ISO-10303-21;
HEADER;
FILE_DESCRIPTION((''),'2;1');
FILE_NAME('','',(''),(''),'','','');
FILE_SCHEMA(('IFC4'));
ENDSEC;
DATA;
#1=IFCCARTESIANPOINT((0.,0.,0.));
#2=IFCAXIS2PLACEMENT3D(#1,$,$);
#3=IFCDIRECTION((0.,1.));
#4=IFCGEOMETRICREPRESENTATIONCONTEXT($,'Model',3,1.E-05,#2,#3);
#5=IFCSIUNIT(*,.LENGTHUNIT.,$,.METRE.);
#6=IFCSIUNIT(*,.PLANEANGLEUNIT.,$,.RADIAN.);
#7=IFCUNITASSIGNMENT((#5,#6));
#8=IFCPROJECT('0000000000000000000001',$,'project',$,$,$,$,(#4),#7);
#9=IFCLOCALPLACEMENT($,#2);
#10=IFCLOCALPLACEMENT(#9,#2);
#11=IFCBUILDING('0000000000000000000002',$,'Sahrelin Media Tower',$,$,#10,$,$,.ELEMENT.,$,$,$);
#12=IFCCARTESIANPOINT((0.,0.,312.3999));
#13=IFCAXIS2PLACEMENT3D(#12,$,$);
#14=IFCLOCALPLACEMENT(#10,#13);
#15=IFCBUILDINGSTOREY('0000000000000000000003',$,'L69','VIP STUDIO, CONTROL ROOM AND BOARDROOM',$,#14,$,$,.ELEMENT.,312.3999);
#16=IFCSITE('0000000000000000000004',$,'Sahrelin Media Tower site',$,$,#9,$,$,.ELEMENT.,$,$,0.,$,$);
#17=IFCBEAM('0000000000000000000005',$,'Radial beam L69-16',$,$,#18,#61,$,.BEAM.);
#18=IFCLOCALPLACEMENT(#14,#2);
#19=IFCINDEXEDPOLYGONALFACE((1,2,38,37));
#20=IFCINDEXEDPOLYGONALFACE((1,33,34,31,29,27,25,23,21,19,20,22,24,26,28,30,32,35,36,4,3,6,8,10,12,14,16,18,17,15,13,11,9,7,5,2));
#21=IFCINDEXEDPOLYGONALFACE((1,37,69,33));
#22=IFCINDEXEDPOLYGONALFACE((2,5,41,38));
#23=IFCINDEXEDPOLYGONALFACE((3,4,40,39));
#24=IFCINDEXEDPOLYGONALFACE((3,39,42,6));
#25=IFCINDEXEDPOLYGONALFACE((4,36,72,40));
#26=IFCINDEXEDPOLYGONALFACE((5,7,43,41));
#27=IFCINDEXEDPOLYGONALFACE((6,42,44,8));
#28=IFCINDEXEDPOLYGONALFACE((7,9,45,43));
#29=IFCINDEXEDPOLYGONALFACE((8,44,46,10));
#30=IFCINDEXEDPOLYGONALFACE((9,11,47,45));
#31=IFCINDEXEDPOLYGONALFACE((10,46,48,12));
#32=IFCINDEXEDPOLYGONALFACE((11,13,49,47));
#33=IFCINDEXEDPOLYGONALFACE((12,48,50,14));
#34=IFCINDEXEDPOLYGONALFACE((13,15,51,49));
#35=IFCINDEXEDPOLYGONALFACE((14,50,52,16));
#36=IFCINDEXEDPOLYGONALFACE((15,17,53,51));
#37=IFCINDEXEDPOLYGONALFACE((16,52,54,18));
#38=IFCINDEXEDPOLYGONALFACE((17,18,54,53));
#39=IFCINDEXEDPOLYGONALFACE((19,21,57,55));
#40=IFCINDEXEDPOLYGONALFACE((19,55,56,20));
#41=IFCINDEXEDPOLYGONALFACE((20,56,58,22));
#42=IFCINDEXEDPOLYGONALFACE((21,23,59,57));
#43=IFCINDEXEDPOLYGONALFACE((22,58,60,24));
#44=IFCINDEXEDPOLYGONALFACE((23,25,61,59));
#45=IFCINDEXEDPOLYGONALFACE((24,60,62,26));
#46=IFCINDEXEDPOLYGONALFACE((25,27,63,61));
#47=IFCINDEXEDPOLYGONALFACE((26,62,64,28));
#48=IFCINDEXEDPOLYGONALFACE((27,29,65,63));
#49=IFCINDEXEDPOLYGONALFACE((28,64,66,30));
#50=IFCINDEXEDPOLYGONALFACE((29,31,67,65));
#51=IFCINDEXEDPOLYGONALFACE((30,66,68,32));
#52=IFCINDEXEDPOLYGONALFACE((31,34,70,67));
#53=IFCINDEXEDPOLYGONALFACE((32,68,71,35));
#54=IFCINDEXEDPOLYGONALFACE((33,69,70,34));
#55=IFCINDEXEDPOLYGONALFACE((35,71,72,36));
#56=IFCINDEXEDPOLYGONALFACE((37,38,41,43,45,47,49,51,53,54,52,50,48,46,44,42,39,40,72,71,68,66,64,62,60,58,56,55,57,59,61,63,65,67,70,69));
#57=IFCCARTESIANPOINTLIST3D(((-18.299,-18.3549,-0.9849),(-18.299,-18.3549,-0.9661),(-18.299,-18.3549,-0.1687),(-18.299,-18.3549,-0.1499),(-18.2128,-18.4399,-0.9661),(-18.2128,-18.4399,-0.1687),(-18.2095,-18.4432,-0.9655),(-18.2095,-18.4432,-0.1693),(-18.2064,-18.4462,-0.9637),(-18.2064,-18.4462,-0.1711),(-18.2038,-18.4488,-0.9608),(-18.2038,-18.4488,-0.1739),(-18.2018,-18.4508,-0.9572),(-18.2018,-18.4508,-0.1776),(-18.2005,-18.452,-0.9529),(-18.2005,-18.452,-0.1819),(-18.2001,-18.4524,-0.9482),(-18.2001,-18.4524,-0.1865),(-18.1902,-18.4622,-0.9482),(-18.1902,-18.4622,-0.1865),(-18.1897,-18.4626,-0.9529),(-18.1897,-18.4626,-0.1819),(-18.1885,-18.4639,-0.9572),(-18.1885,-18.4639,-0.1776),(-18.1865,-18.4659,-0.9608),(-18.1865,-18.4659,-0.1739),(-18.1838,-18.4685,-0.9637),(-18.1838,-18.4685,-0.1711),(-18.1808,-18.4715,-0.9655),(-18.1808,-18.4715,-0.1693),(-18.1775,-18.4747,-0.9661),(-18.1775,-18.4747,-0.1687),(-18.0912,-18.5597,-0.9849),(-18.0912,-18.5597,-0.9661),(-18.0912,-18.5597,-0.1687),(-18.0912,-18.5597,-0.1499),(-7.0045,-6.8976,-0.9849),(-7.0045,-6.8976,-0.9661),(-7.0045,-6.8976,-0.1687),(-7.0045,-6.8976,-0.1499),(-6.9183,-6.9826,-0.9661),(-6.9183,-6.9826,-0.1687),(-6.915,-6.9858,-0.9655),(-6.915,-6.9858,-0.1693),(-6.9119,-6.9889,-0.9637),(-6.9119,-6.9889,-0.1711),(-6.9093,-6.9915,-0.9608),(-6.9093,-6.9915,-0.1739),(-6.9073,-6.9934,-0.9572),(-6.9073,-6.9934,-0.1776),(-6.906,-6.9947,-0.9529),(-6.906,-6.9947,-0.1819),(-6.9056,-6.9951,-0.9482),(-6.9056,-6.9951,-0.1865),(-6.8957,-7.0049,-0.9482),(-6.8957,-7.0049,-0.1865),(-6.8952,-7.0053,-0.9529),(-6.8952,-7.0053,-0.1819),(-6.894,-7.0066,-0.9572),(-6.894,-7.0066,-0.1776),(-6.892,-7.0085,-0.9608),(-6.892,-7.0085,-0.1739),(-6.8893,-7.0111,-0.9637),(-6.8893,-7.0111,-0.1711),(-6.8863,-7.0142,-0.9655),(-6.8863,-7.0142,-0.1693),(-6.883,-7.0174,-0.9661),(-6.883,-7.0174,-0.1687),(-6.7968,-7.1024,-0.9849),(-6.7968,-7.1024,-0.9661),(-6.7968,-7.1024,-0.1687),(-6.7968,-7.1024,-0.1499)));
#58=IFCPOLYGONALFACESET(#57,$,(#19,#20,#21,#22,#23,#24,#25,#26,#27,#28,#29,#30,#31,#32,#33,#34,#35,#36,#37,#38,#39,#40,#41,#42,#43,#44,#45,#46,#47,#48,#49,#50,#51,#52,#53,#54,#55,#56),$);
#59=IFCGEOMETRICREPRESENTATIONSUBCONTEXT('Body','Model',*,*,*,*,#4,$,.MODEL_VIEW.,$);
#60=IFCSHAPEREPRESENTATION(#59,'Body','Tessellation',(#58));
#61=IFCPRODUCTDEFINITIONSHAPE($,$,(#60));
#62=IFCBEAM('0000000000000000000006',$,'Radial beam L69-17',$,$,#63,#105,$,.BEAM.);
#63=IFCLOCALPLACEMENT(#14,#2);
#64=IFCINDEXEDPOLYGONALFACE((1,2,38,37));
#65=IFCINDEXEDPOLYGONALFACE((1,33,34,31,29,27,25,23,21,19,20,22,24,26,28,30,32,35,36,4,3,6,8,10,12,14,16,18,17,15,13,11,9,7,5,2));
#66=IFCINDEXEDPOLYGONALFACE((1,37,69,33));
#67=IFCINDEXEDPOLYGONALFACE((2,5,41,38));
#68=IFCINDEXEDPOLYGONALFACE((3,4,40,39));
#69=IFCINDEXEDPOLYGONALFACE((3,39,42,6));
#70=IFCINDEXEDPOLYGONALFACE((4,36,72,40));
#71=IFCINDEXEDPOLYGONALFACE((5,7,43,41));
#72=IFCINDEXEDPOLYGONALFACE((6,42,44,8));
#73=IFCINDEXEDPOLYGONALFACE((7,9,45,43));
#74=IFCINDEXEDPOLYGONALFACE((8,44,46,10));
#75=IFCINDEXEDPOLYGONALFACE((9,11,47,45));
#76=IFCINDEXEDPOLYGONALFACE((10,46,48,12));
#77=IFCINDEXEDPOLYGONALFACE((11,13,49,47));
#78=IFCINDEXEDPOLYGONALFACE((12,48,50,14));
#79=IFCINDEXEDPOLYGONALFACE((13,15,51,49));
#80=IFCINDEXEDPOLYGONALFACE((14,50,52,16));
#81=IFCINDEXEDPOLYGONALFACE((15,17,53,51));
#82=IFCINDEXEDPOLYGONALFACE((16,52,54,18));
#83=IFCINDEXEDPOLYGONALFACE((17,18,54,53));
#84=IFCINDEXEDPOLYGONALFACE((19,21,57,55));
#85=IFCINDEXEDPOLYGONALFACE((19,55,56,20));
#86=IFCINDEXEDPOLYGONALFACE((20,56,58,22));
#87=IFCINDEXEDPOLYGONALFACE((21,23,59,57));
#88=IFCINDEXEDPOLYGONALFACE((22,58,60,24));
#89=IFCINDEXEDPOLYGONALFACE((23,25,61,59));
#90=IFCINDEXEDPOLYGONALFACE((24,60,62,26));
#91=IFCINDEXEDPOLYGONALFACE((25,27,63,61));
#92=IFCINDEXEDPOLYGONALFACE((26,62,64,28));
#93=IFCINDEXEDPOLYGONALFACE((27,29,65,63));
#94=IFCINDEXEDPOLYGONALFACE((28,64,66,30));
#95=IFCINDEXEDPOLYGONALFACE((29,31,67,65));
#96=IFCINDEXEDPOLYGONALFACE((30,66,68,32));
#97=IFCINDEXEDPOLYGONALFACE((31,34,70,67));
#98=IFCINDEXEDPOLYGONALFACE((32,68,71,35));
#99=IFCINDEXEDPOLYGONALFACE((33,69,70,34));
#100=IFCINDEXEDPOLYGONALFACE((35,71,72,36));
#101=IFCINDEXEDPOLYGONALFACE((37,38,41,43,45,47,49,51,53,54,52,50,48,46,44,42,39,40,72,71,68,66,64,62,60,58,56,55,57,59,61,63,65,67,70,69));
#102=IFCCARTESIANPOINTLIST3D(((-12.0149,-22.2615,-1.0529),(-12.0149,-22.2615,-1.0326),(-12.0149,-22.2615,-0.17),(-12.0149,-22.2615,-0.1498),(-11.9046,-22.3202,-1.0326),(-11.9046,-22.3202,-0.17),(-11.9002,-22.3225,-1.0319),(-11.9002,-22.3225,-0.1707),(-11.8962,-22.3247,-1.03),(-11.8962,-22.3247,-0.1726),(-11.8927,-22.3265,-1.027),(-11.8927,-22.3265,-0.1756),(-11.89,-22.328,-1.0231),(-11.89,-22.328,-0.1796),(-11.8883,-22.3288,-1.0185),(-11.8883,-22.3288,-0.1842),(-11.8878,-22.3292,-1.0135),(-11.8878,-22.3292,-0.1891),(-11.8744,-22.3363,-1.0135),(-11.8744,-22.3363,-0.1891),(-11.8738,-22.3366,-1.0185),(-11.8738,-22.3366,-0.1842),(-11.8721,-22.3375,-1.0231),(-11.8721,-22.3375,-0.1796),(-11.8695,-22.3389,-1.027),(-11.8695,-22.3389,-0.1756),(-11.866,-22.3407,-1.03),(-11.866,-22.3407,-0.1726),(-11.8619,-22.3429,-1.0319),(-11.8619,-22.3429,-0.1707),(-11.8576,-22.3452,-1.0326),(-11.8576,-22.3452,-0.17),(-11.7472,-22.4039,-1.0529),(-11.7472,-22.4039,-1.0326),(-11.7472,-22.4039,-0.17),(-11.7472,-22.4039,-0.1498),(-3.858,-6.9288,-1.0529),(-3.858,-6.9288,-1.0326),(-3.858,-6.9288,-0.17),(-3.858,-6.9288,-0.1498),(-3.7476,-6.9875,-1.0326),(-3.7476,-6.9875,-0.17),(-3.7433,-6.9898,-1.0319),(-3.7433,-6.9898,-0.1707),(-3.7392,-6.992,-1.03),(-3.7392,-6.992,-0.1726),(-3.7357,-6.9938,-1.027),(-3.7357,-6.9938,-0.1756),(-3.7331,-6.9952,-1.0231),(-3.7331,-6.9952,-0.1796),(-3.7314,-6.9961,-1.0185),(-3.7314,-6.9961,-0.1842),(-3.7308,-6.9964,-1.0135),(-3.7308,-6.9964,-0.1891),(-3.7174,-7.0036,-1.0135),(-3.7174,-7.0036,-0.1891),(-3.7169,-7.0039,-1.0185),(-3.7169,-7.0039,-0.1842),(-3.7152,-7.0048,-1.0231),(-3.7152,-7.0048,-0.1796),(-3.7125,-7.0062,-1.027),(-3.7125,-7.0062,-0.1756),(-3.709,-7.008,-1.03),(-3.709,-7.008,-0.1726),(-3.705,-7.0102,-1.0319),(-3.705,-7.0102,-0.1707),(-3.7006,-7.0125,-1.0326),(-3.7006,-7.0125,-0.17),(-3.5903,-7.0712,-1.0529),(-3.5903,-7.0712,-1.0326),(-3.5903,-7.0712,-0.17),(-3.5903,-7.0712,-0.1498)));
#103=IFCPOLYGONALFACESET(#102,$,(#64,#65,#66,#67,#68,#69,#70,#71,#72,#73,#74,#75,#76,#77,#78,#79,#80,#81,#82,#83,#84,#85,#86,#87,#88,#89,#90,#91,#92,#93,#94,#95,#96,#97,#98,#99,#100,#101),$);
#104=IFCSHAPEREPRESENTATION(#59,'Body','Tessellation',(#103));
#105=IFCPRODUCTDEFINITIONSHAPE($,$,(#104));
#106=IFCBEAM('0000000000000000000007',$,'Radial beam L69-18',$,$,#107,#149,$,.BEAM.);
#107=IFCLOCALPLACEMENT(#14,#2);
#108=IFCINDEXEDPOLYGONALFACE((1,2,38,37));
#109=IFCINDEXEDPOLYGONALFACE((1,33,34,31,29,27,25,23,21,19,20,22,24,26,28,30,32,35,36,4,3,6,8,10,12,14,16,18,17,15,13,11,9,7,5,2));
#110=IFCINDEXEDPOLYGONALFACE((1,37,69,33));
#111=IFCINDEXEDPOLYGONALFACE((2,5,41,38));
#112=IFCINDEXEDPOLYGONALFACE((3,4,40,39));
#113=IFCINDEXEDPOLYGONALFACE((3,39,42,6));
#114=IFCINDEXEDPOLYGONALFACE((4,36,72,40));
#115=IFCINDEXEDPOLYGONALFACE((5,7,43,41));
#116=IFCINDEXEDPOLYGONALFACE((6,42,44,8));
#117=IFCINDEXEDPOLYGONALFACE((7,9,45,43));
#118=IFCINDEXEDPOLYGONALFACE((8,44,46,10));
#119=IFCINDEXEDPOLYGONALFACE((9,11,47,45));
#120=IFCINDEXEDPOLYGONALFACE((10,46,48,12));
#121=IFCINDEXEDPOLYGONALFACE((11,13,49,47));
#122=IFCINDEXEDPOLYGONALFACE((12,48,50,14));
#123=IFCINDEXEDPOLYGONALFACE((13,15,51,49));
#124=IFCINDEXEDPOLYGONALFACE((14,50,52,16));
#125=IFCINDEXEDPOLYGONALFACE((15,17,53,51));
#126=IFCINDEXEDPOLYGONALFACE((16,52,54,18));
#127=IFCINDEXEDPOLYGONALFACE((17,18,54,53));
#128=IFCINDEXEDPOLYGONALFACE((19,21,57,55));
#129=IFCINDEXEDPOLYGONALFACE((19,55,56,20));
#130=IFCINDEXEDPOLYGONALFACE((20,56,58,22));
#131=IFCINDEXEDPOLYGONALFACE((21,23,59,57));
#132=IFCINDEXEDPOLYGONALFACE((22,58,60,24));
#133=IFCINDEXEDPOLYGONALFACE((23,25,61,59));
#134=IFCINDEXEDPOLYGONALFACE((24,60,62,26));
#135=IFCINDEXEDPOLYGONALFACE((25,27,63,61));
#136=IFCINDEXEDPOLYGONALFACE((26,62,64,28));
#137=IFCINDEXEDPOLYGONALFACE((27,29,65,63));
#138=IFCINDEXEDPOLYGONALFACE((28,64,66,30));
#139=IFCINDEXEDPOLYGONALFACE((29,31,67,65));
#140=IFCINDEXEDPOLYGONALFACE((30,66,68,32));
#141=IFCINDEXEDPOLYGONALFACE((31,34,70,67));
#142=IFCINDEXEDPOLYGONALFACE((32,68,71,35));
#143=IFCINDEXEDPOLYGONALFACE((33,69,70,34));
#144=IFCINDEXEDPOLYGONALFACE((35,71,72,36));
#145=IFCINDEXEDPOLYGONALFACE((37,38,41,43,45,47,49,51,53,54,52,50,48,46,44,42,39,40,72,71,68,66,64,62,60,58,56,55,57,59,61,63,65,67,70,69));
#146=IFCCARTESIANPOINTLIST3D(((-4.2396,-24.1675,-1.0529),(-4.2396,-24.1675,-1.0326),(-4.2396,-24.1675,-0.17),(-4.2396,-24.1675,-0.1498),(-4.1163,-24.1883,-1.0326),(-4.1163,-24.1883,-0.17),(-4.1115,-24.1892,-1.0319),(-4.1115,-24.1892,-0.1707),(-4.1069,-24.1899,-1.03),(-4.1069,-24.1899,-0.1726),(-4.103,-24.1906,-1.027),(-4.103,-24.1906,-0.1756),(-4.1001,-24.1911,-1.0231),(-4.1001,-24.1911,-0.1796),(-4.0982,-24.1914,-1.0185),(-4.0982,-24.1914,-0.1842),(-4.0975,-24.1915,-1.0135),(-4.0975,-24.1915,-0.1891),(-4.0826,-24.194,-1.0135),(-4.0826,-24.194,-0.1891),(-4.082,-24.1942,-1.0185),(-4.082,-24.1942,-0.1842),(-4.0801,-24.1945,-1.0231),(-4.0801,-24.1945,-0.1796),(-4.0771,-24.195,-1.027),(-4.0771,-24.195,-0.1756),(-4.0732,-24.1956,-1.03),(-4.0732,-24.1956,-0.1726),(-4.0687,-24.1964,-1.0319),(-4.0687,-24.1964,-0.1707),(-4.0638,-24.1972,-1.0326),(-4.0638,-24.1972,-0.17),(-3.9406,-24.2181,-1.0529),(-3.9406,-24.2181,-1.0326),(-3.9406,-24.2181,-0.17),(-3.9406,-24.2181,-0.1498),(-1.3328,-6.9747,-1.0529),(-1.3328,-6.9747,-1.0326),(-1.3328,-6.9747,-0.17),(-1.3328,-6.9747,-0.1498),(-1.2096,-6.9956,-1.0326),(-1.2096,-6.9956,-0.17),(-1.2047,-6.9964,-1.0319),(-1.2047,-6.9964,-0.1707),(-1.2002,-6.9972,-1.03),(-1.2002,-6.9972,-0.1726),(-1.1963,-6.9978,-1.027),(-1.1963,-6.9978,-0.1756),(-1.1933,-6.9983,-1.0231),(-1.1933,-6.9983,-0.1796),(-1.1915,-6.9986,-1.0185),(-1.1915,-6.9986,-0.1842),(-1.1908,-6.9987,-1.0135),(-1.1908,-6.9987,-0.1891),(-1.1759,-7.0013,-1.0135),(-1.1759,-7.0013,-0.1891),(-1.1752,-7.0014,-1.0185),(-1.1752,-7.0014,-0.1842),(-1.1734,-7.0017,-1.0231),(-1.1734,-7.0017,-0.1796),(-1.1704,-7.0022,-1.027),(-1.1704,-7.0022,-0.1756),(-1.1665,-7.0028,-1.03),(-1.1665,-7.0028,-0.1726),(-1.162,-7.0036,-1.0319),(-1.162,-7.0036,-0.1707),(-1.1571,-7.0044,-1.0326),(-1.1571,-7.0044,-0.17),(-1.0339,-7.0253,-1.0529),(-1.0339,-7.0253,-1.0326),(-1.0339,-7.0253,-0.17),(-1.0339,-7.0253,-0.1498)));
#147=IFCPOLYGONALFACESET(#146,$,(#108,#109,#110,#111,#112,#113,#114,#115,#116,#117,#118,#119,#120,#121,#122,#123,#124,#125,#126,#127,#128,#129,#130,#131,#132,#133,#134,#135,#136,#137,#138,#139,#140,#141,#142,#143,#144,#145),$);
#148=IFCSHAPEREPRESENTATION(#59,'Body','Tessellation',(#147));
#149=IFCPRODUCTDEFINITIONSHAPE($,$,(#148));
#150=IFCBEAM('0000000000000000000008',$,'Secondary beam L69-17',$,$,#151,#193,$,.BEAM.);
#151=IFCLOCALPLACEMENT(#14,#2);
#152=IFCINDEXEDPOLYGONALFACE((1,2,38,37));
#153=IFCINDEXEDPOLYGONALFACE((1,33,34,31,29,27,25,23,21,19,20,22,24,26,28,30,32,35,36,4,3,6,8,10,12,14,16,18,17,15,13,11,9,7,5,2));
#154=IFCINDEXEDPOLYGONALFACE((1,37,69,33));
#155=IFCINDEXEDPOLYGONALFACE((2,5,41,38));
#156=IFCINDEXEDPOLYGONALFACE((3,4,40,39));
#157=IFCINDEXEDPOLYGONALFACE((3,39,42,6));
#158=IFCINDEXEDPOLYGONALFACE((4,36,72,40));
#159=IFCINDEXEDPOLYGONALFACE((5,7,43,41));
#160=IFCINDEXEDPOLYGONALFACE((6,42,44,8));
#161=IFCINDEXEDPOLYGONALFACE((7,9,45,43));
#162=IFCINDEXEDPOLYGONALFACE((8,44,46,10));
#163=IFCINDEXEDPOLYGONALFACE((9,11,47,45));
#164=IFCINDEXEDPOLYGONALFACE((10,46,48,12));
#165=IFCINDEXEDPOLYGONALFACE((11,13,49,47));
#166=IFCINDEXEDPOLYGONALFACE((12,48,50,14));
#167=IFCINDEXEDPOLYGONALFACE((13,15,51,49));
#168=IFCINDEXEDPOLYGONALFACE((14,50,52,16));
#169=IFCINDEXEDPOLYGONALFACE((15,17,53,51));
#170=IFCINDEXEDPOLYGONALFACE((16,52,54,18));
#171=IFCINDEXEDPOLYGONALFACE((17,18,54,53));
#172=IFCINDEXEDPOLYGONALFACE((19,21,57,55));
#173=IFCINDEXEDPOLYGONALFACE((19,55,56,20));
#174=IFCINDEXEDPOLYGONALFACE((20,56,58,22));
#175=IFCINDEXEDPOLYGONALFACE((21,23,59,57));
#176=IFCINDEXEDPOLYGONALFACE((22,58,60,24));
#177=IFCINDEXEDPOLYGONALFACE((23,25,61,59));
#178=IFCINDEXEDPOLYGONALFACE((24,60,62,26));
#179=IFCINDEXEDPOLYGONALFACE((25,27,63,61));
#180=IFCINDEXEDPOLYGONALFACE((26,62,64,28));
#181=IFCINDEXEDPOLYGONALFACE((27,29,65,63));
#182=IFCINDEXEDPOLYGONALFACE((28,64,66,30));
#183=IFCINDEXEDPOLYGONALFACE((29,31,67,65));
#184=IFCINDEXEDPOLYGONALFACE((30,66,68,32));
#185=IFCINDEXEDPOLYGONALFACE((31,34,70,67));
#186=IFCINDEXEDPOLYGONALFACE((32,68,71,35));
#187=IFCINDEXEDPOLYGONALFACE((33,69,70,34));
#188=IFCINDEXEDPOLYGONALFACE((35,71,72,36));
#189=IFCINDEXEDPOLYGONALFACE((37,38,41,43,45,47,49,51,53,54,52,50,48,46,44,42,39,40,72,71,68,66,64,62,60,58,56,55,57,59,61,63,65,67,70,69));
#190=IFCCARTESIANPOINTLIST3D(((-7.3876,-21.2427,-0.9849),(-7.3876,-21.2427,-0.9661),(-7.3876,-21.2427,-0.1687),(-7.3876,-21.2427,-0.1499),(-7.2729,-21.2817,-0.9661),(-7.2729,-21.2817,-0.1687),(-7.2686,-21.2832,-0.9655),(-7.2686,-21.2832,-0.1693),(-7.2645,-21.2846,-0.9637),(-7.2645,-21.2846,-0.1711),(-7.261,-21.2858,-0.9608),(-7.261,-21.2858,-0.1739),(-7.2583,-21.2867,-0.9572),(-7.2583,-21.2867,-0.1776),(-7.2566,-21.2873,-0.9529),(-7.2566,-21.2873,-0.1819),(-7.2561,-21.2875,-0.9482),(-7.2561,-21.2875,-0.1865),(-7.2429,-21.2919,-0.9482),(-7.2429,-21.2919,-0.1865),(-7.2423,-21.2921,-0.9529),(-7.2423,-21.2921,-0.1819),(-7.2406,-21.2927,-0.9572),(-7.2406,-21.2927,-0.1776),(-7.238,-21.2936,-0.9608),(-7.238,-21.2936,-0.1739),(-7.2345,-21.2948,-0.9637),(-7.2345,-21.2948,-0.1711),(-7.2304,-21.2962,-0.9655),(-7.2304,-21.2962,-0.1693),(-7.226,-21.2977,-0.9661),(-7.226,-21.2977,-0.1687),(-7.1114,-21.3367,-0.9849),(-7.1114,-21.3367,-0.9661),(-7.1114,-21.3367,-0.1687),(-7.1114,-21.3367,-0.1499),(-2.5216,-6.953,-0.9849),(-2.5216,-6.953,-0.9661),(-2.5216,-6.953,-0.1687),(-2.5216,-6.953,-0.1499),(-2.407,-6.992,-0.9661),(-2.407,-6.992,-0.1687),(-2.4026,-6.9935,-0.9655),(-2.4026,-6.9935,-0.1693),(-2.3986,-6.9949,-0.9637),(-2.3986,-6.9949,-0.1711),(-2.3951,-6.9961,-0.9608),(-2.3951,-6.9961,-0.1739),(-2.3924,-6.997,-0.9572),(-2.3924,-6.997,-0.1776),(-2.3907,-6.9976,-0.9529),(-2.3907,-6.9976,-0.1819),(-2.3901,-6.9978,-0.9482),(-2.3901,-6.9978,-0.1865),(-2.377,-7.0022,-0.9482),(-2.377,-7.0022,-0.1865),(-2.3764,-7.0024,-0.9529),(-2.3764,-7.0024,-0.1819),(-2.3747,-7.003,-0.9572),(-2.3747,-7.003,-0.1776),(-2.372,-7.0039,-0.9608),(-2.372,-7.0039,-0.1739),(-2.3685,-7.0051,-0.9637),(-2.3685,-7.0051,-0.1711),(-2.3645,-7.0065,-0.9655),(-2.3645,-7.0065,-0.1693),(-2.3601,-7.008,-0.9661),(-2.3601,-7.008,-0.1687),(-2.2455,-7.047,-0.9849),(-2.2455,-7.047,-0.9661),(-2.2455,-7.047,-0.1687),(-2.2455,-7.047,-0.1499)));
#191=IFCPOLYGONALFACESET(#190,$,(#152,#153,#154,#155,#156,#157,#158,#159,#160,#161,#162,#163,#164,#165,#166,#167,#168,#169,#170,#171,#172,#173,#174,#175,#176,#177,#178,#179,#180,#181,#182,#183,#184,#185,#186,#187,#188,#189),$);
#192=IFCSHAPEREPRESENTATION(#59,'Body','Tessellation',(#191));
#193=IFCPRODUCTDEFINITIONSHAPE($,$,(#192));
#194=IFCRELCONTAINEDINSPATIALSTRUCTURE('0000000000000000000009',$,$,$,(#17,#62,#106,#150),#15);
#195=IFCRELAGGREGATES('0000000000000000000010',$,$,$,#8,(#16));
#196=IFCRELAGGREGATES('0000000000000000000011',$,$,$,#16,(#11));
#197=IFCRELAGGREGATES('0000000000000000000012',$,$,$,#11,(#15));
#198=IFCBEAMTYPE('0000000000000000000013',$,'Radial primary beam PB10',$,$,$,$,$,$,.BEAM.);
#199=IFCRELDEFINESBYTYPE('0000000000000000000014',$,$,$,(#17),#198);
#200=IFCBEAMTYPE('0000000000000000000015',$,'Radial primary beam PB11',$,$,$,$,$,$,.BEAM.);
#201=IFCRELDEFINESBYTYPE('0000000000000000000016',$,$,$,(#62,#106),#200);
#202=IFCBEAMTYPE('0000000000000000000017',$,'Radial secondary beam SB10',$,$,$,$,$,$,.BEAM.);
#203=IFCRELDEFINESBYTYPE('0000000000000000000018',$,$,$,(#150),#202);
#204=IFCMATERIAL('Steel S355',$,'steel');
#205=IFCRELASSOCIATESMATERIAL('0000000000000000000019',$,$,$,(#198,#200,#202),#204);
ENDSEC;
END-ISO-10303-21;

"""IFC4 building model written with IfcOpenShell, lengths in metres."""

from ifc_helpers import new_model, si_unit, direction, frame, origin, origin_2d, place, context, subcontext, project, spatial, i_section, extrude, material, material_profile, profile_set, type_object, element, save


model = new_model("IFC4")

# Units and contexts
model_context = context("Model", 3, precision=1e-05, world=origin(), true_north=direction((0.0, 1.0)))
body_context = subcontext(model_context, "Body", "Model", "MODEL_VIEW")
ifc_project = project(units=[si_unit("LENGTHUNIT", "METRE"), si_unit("PLANEANGLEUNIT", "RADIAN")], contexts=[model_context])

# Site, building, storey
site_placement = place(None, origin())
site = spatial("IfcSite", under=ifc_project, at=site_placement, Name="Sahrelin Media Tower site", CompositionType="ELEMENT", RefElevation=0.0)
building_placement = place(site_placement, origin())
building = spatial("IfcBuilding", under=site, at=building_placement, Name="Sahrelin Media Tower", CompositionType="ELEMENT")
storey_placement = place(building_placement, frame((0.0, 0.0, 312.3999)))
storey = spatial("IfcBuildingStorey", under=building, at=storey_placement, Name="L69", Description="VIP STUDIO, CONTROL ROOM AND BOARDROOM", CompositionType="ELEMENT", Elevation=312.3999)

# Beams
ifc_material_1 = material(Name="Steel S355", Category="steel")
ifc_material_profile_1 = material_profile(ifc_material_1, i_section(OverallWidth=0.2917, OverallDepth=0.835, WebThickness=0.0139, FlangeThickness=0.0188, FilletRadius=0.0178, at=origin_2d()), Name="UB 838x292x176")
ifc_profile_set_1 = profile_set([ifc_material_profile_1], Name="Steel S355")
beam_type_1 = type_object("IfcBeamType", Name="Radial primary beam PB10", PredefinedType="BEAM", material=ifc_profile_set_1)
beam_1_placement = place(storey_placement, frame((-6.9006, -7.0, -0.5674), z_axis=(-0.702028, -0.71215, 0.0), x_axis=(0.71215, -0.702028, 0.0)))
element("IfcBeam", 1, at=beam_1_placement, inside=storey, type_object=beam_type_1, Name="Radial beam L69-16", PredefinedType="BEAM", context=body_context, shape_type="SweptSolid", body=[
    extrude(i_section(OverallWidth=0.2917, OverallDepth=0.835, WebThickness=0.0139, FlangeThickness=0.0188, FilletRadius=0.0178, at=origin_2d()), origin(), (0.0, 0.0, 1.0), 16.0884),
])
ifc_material_profile_2 = material_profile(ifc_material_1, i_section(OverallWidth=0.3032, OverallDepth=0.9031, WebThickness=0.0151, FlangeThickness=0.0203, FilletRadius=0.019, at=origin_2d()), Name="UB 914x305x201")
ifc_profile_set_2 = profile_set([ifc_material_profile_2], Name="Steel S355")
beam_type_2 = type_object("IfcBeamType", Name="Radial primary beam PB11", PredefinedType="BEAM", material=ifc_profile_set_2)
beam_2_placement = place(storey_placement, frame((-3.7241, -7.0, -0.6013), z_axis=(-0.469669, -0.882842, 0.0), x_axis=(0.882842, -0.469669, 0.0)))
element("IfcBeam", 2, at=beam_2_placement, inside=storey, type_object=beam_type_2, Name="Radial beam L69-17", PredefinedType="BEAM", context=body_context, shape_type="SweptSolid", body=[
    extrude(i_section(OverallWidth=0.3032, OverallDepth=0.9031, WebThickness=0.0151, FlangeThickness=0.0203, FilletRadius=0.019, at=origin_2d()), origin(), (0.0, 0.0, 1.0), 17.3674),
])
beam_3_placement = place(storey_placement, frame((-1.1833, -7.0, -0.6013), z_axis=(-0.166701, -0.986008, 0.0), x_axis=(0.986008, -0.166701, 0.0)))
element("IfcBeam", 3, at=beam_3_placement, inside=storey, type_object=beam_type_2, Name="Radial beam L69-18", PredefinedType="BEAM", context=body_context, shape_type="SweptSolid", body=[
    extrude(i_section(OverallWidth=0.3032, OverallDepth=0.9031, WebThickness=0.0151, FlangeThickness=0.0203, FilletRadius=0.019, at=origin_2d()), origin(), (0.0, 0.0, 1.0), 17.4368),
])
ifc_material_profile_3 = material_profile(ifc_material_1, i_section(OverallWidth=0.2917, OverallDepth=0.835, WebThickness=0.0139, FlangeThickness=0.0188, FilletRadius=0.0178, at=origin_2d()), Name="UB 838x292x176")
ifc_profile_set_3 = profile_set([ifc_material_profile_3], Name="Steel S355")
beam_type_3 = type_object("IfcBeamType", Name="Radial secondary beam SB10", PredefinedType="BEAM", material=ifc_profile_set_3)
beam_4_placement = place(storey_placement, frame((-2.3835, -7.0, -0.5674), z_axis=(-0.322344, -0.946623, 0.0), x_axis=(0.946623, -0.322344, 0.0)))
element("IfcBeam", 4, at=beam_4_placement, inside=storey, type_object=beam_type_3, Name="Secondary beam L69-17", PredefinedType="BEAM", context=body_context, shape_type="SweptSolid", body=[
    extrude(i_section(OverallWidth=0.2917, OverallDepth=0.835, WebThickness=0.0139, FlangeThickness=0.0188, FilletRadius=0.0178, at=origin_2d()), origin(), (0.0, 0.0, 1.0), 15.0955),
])

save(model, "model.ifc")
